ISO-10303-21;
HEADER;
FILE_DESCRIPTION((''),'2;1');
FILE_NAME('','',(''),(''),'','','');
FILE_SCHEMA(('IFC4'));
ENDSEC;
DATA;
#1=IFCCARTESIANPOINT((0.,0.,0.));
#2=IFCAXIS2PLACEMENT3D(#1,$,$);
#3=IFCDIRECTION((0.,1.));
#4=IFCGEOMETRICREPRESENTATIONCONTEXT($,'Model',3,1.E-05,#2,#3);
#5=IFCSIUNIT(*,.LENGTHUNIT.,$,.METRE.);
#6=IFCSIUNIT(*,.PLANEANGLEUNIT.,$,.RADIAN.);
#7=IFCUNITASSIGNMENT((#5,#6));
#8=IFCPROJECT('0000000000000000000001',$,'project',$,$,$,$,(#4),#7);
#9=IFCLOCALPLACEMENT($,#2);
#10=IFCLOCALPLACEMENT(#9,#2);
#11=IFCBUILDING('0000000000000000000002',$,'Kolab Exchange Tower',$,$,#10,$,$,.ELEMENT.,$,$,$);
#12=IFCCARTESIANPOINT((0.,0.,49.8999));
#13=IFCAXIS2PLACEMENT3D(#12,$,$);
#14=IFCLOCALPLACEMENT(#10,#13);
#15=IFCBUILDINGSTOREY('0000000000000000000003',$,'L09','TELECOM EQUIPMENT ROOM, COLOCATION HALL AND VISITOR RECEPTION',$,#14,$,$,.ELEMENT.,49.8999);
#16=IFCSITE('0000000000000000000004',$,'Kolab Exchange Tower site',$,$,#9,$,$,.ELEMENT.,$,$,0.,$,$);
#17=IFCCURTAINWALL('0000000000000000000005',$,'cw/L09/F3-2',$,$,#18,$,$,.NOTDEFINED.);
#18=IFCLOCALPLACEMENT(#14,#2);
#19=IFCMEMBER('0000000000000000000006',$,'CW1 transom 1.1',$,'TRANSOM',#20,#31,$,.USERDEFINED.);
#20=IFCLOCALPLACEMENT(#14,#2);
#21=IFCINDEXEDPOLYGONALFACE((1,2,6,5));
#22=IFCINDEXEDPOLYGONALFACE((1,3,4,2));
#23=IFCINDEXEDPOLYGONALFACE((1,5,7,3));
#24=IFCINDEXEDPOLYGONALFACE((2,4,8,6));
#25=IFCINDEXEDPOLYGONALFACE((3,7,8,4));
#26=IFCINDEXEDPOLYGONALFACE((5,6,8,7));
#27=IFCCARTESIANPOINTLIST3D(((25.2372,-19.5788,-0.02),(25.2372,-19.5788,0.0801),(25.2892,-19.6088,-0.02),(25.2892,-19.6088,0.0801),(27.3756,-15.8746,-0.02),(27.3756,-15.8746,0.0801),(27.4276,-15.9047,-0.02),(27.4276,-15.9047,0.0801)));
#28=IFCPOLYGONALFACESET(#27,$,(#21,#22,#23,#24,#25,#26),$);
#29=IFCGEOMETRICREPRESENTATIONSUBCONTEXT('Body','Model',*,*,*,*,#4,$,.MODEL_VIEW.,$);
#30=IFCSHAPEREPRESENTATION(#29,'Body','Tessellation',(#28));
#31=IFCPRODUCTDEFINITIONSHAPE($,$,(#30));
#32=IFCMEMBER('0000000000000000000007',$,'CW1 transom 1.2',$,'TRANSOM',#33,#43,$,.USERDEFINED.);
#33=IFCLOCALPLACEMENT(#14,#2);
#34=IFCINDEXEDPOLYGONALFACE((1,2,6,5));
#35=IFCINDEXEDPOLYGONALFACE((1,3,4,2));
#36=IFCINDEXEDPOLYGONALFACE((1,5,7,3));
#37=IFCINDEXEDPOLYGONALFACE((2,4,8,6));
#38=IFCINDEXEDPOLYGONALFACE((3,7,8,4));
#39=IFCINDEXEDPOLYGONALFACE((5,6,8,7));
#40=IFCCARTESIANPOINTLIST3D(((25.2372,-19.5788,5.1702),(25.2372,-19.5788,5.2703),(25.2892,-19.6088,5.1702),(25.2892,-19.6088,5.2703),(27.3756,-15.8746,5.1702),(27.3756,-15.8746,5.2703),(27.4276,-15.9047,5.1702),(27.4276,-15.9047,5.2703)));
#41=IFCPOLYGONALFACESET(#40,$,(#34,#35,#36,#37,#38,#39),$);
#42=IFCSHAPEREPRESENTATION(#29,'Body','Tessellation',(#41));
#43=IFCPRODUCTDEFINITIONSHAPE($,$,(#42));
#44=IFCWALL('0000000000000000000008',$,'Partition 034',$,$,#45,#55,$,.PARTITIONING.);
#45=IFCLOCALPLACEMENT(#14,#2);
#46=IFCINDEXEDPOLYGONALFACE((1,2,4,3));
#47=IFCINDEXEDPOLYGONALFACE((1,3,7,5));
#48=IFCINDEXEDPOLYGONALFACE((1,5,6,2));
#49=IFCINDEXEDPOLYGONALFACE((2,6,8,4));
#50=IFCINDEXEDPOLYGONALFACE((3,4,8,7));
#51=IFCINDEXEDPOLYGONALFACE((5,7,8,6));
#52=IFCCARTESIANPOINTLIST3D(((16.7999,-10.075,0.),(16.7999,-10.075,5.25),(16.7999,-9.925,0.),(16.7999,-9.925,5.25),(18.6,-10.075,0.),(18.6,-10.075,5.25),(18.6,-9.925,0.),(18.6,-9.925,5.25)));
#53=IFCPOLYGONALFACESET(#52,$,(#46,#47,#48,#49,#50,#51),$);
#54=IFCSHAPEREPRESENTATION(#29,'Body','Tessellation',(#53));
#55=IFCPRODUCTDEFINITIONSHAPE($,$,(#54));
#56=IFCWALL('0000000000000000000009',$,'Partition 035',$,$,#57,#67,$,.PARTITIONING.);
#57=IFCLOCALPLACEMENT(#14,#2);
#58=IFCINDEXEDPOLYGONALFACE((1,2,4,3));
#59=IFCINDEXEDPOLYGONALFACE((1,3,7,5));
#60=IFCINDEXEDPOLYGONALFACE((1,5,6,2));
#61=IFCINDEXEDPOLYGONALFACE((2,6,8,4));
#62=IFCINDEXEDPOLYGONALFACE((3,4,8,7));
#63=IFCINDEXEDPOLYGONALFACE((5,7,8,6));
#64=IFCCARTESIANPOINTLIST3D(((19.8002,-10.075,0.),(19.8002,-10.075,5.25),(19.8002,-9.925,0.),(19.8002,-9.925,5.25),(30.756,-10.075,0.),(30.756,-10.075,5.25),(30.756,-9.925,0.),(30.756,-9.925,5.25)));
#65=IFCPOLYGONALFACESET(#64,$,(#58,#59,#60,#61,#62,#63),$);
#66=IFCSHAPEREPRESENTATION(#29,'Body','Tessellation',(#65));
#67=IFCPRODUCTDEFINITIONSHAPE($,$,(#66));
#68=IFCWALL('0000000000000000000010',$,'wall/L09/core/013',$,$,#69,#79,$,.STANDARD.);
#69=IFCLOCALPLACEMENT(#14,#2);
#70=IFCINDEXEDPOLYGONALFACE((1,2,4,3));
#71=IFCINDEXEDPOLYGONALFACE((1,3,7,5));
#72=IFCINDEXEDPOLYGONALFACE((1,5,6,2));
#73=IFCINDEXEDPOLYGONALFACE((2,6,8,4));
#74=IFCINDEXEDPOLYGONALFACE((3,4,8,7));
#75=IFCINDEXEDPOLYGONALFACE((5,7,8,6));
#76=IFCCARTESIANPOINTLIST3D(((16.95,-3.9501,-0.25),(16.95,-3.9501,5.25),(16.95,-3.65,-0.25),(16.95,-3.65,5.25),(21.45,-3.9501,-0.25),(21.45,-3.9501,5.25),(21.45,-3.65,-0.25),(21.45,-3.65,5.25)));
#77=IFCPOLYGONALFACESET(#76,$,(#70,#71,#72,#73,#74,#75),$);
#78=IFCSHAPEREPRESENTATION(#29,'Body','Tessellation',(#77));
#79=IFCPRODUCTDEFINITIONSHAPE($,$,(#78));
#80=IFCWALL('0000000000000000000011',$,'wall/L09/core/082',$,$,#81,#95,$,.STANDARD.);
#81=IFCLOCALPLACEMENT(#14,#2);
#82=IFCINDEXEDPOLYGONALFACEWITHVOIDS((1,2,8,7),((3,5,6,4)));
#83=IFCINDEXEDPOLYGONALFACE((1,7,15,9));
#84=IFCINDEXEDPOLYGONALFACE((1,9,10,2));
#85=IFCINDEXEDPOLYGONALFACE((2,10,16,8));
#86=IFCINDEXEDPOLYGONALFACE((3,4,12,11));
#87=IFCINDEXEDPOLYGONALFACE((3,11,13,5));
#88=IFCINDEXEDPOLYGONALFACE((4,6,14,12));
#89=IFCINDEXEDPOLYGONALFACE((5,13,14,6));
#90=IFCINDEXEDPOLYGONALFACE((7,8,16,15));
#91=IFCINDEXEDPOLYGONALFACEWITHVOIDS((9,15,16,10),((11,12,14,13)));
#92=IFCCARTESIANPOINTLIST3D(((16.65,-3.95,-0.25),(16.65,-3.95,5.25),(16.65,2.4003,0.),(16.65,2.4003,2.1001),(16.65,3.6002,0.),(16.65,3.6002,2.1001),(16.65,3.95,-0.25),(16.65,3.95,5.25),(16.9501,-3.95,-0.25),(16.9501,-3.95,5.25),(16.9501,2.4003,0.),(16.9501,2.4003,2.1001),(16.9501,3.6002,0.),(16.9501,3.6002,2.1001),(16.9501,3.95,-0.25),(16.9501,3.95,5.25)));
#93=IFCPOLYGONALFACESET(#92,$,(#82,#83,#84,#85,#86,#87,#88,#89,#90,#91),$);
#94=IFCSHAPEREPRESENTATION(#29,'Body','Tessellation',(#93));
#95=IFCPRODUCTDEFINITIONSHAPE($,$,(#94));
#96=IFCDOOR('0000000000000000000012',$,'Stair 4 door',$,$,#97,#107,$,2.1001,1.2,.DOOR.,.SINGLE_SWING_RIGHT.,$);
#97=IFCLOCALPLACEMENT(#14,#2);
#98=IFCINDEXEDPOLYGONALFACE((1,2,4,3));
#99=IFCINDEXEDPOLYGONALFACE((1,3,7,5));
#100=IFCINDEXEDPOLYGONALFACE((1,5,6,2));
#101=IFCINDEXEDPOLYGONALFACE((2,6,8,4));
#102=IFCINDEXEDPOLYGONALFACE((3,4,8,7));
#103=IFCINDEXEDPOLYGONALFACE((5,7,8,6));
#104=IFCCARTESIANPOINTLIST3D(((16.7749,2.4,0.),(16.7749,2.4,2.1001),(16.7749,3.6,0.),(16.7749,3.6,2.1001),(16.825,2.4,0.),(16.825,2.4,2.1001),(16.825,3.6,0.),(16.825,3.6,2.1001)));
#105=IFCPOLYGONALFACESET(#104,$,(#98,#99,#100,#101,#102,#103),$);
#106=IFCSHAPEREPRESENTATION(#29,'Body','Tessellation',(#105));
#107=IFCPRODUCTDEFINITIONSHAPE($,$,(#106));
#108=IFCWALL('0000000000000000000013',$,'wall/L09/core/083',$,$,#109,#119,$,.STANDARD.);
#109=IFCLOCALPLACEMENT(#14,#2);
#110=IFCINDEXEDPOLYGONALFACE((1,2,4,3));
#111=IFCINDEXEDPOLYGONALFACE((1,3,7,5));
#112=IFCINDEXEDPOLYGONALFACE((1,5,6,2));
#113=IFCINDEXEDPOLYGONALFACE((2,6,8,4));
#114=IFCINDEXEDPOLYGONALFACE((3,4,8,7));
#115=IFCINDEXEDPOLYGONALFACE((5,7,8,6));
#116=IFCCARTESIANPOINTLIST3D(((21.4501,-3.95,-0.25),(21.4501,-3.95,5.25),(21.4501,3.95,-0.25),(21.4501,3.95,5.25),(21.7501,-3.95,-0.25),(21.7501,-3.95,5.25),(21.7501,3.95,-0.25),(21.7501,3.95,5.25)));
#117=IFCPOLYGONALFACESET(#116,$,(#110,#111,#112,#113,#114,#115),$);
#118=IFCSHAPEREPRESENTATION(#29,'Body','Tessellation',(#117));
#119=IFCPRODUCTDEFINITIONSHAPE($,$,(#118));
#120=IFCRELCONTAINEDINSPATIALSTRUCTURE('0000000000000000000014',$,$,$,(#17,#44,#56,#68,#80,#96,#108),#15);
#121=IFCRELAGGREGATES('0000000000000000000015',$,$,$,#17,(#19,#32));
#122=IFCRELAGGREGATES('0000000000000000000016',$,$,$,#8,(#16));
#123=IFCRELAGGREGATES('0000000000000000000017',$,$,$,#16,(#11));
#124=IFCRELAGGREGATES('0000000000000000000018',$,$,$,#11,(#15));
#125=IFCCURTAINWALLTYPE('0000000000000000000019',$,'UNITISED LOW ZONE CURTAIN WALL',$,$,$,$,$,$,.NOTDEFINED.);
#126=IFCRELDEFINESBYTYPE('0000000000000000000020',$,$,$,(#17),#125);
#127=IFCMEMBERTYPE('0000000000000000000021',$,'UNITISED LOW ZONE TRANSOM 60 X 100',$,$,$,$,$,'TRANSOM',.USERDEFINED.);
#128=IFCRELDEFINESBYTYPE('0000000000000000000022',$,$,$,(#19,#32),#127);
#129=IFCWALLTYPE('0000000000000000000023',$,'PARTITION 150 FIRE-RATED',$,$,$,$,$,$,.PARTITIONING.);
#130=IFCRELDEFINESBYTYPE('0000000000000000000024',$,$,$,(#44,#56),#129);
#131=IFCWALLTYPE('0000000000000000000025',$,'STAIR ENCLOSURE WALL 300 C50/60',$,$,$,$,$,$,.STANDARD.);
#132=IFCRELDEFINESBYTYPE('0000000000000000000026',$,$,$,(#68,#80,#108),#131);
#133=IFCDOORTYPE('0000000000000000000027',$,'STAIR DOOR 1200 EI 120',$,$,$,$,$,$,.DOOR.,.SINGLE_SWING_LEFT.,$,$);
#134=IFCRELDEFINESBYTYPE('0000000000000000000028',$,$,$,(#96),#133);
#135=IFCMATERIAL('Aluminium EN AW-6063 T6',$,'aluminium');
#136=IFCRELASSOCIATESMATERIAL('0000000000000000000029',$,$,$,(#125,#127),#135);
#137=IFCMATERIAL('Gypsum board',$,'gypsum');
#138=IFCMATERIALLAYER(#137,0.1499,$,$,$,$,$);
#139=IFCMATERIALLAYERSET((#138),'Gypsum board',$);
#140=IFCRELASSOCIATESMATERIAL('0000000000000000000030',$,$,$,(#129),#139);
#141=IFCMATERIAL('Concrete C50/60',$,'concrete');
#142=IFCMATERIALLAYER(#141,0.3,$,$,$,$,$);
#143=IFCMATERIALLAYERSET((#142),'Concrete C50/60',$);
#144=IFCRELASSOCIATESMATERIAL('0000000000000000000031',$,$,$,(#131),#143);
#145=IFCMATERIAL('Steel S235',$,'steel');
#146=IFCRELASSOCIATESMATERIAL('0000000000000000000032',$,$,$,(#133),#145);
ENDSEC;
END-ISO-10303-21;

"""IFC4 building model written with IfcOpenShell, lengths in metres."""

from ifc_helpers import new_model, si_unit, direction, frame, frame_2d, origin, origin_2d, place, context, subcontext, project, spatial, rectangle, extrude, material, layer, layer_set, material_profile, profile_set, type_object, element, fill, aggregate, save


model = new_model("IFC4")

# Units and contexts
model_context = context("Model", 3, precision=1e-05, world=origin(), true_north=direction((0.0, 1.0)))
body_context = subcontext(model_context, "Body", "Model", "MODEL_VIEW")
ifc_project = project(units=[si_unit("LENGTHUNIT", "METRE"), si_unit("PLANEANGLEUNIT", "RADIAN")], contexts=[model_context])

# Site, building, storey
site_placement = place(None, origin())
site = spatial("IfcSite", under=ifc_project, at=site_placement, Name="Kolab Exchange Tower site", CompositionType="ELEMENT", RefElevation=0.0)
building_placement = place(site_placement, origin())
building = spatial("IfcBuilding", under=site, at=building_placement, Name="Kolab Exchange Tower", CompositionType="ELEMENT")
storey_placement = place(building_placement, frame((0.0, 0.0, 49.8999)))
storey = spatial("IfcBuildingStorey", under=building, at=storey_placement, Name="L09", Description="TELECOM EQUIPMENT ROOM, COLOCATION HALL AND VISITOR RECEPTION", CompositionType="ELEMENT", Elevation=49.8999)

# Shared definitions
ifc_material_1 = material(Name="Aluminium EN AW-6063 T6", Category="aluminium")
curtain_wall_type = type_object("IfcCurtainWallType", Name="UNITISED LOW ZONE CURTAIN WALL", PredefinedType="NOTDEFINED", material=ifc_material_1)

# Curtain wall, members
curtain_wall_1_placement = place(storey_placement, origin())
curtain_wall_1 = element("IfcCurtainWall", 1, at=curtain_wall_1_placement, inside=storey, type_object=curtain_wall_type, Name="cw/L09/F3-2", PredefinedType="NOTDEFINED")
ifc_material_profile_1 = material_profile(ifc_material_1, rectangle(XDim=0.0601, YDim=0.1001, at=origin_2d()), Name="RECT 60X100")
ifc_profile_set_1 = profile_set([ifc_material_profile_1], Name="Aluminium EN AW-6063 T6")
member_type_1 = type_object("IfcMemberType", Name="UNITISED LOW ZONE TRANSOM 60 X 100", ElementType="TRANSOM", PredefinedType="USERDEFINED", material=ifc_profile_set_1)
member_1_placement = place(storey_placement, frame((27.4016, -15.8896, 0.03), z_axis=(-0.499976, -0.866039, 0.0), x_axis=(0.866039, -0.499976, 0.0)))
member_1 = element("IfcMember", 2, at=member_1_placement, type_object=member_type_1, Name="CW1 transom 1.1", ObjectType="TRANSOM", PredefinedType="USERDEFINED", context=body_context, shape_type="SweptSolid", body=[
    extrude(rectangle(XDim=0.0601, YDim=0.1001, at=origin_2d()), origin(), (0.0, 0.0, 1.0), 4.2771),
])
member_2_placement = place(storey_placement, frame((27.4016, -15.8896, 5.2202), z_axis=(-0.499976, -0.866039, 0.0), x_axis=(0.866039, -0.499976, 0.0)))
member_2 = element("IfcMember", 3, at=member_2_placement, type_object=member_type_1, Name="CW1 transom 1.2", ObjectType="TRANSOM", PredefinedType="USERDEFINED", context=body_context, shape_type="SweptSolid", body=[
    extrude(rectangle(XDim=0.0601, YDim=0.1001, at=origin_2d()), origin(), (0.0, 0.0, 1.0), 4.2771),
])
aggregate(curtain_wall_1, [member_1, member_2])

# Walls
ifc_material_2 = material(Name="Gypsum board", Category="gypsum")
ifc_layer_1 = layer(ifc_material_2, 0.1499)
ifc_layer_set_1 = layer_set([ifc_layer_1], Name="Gypsum board")
wall_type_1 = type_object("IfcWallType", Name="PARTITION 150 FIRE-RATED", PredefinedType="PARTITIONING", material=ifc_layer_set_1)
wall_1_placement = place(storey_placement, frame((16.8, -10.0, 0.0), z_axis=(0.0, 0.0, 1.0), x_axis=(1.0, 0.0, 0.0)))
element("IfcWall", 4, at=wall_1_placement, inside=storey, type_object=wall_type_1, Name="Partition 034", PredefinedType="PARTITIONING", context=body_context, shape_type="SweptSolid", body=[
    extrude(rectangle(XDim=1.8, YDim=0.1499, at=frame_2d((0.8999, 0.0))), origin(), (0.0, 0.0, 1.0), 5.25),
])
wall_2_placement = place(storey_placement, frame((19.8, -10.0, 0.0), z_axis=(0.0, 0.0, 1.0), x_axis=(1.0, 0.0, 0.0)))
element("IfcWall", 5, at=wall_2_placement, inside=storey, type_object=wall_type_1, Name="Partition 035", PredefinedType="PARTITIONING", context=body_context, shape_type="SweptSolid", body=[
    extrude(rectangle(XDim=10.9558, YDim=0.1499, at=frame_2d((5.478, 0.0))), origin(), (0.0, 0.0, 1.0), 5.25),
])
ifc_material_3 = material(Name="Concrete C50/60", Category="concrete")
ifc_layer_2 = layer(ifc_material_3, 0.3)
ifc_layer_set_2 = layer_set([ifc_layer_2], Name="Concrete C50/60")
wall_type_2 = type_object("IfcWallType", Name="STAIR ENCLOSURE WALL 300 C50/60", PredefinedType="STANDARD", material=ifc_layer_set_2)
wall_3_placement = place(storey_placement, frame((16.95, -3.8, -0.25), z_axis=(0.0, 0.0, 1.0), x_axis=(1.0, 0.0, 0.0)))
element("IfcWall", 6, at=wall_3_placement, inside=storey, type_object=wall_type_2, Name="wall/L09/core/013", PredefinedType="STANDARD", context=body_context, shape_type="SweptSolid", body=[
    extrude(rectangle(XDim=4.5, YDim=0.3, at=frame_2d((2.25, 0.0))), origin(), (0.0, 0.0, 1.0), 5.5),
])

# Wall, opening, door
wall_4_placement = place(storey_placement, frame((16.8, -3.95, -0.25), z_axis=(0.0, 0.0, 1.0), x_axis=(0.0, 1.0, 0.0)))
wall_4 = element("IfcWall", 7, at=wall_4_placement, inside=storey, type_object=wall_type_2, Name="wall/L09/core/082", PredefinedType="STANDARD", context=body_context, shape_type="SweptSolid", body=[
    extrude(rectangle(XDim=7.8999, YDim=0.3, at=frame_2d((3.95, 0.0))), origin(), (0.0, 0.0, 1.0), 5.5),
])
opening_1_placement = place(wall_4_placement, frame((6.3501, 0.0, 0.25)))
opening_1 = element("IfcOpeningElement", 8, at=opening_1_placement, cuts=wall_4, PredefinedType="OPENING", context=body_context, shape_type="SweptSolid", body=[
    extrude(rectangle(XDim=1.2, YDim=2.1001, at=frame_2d((0.6001, 1.05))), frame((0.0, 0.1602, 0.0), z_axis=(0.0, -1.0, 0.0), x_axis=(1.0, 0.0, 0.0)), (0.0, 0.0, 1.0), 0.3201),
])
ifc_material_4 = material(Name="Steel S235", Category="steel")
door_type_1 = type_object("IfcDoorType", Name="STAIR DOOR 1200 EI 120", OperationType="SINGLE_SWING_LEFT", PredefinedType="DOOR", material=ifc_material_4)
door_1_placement = place(opening_1_placement, frame((1.2, 0.0, 0.0), z_axis=(0.0, 0.0, 1.0), x_axis=(-1.0, 0.0, 0.0)))
door_1 = element("IfcDoor", 9, at=door_1_placement, inside=storey, type_object=door_type_1, Name="Stair 4 door", OperationType="SINGLE_SWING_RIGHT", OverallHeight=2.1001, OverallWidth=1.2, PredefinedType="DOOR", context=body_context, shape_type="SweptSolid", body=[
    extrude(rectangle(XDim=1.2, YDim=2.1001, at=frame_2d((0.6001, 1.05))), frame((0.0, 0.0249, 0.0), z_axis=(0.0, -1.0, 0.0), x_axis=(1.0, 0.0, 0.0)), (0.0, 0.0, 1.0), 0.05),
])
fill(opening_1, door_1)

# Wall
wall_5_placement = place(storey_placement, frame((21.6001, -3.95, -0.25), z_axis=(0.0, 0.0, 1.0), x_axis=(0.0, 1.0, 0.0)))
element("IfcWall", 10, at=wall_5_placement, inside=storey, type_object=wall_type_2, Name="wall/L09/core/083", PredefinedType="STANDARD", context=body_context, shape_type="SweptSolid", body=[
    extrude(rectangle(XDim=7.8999, YDim=0.3, at=frame_2d((3.95, 0.0))), origin(), (0.0, 0.0, 1.0), 5.5),
])

save(model, "model.ifc")
